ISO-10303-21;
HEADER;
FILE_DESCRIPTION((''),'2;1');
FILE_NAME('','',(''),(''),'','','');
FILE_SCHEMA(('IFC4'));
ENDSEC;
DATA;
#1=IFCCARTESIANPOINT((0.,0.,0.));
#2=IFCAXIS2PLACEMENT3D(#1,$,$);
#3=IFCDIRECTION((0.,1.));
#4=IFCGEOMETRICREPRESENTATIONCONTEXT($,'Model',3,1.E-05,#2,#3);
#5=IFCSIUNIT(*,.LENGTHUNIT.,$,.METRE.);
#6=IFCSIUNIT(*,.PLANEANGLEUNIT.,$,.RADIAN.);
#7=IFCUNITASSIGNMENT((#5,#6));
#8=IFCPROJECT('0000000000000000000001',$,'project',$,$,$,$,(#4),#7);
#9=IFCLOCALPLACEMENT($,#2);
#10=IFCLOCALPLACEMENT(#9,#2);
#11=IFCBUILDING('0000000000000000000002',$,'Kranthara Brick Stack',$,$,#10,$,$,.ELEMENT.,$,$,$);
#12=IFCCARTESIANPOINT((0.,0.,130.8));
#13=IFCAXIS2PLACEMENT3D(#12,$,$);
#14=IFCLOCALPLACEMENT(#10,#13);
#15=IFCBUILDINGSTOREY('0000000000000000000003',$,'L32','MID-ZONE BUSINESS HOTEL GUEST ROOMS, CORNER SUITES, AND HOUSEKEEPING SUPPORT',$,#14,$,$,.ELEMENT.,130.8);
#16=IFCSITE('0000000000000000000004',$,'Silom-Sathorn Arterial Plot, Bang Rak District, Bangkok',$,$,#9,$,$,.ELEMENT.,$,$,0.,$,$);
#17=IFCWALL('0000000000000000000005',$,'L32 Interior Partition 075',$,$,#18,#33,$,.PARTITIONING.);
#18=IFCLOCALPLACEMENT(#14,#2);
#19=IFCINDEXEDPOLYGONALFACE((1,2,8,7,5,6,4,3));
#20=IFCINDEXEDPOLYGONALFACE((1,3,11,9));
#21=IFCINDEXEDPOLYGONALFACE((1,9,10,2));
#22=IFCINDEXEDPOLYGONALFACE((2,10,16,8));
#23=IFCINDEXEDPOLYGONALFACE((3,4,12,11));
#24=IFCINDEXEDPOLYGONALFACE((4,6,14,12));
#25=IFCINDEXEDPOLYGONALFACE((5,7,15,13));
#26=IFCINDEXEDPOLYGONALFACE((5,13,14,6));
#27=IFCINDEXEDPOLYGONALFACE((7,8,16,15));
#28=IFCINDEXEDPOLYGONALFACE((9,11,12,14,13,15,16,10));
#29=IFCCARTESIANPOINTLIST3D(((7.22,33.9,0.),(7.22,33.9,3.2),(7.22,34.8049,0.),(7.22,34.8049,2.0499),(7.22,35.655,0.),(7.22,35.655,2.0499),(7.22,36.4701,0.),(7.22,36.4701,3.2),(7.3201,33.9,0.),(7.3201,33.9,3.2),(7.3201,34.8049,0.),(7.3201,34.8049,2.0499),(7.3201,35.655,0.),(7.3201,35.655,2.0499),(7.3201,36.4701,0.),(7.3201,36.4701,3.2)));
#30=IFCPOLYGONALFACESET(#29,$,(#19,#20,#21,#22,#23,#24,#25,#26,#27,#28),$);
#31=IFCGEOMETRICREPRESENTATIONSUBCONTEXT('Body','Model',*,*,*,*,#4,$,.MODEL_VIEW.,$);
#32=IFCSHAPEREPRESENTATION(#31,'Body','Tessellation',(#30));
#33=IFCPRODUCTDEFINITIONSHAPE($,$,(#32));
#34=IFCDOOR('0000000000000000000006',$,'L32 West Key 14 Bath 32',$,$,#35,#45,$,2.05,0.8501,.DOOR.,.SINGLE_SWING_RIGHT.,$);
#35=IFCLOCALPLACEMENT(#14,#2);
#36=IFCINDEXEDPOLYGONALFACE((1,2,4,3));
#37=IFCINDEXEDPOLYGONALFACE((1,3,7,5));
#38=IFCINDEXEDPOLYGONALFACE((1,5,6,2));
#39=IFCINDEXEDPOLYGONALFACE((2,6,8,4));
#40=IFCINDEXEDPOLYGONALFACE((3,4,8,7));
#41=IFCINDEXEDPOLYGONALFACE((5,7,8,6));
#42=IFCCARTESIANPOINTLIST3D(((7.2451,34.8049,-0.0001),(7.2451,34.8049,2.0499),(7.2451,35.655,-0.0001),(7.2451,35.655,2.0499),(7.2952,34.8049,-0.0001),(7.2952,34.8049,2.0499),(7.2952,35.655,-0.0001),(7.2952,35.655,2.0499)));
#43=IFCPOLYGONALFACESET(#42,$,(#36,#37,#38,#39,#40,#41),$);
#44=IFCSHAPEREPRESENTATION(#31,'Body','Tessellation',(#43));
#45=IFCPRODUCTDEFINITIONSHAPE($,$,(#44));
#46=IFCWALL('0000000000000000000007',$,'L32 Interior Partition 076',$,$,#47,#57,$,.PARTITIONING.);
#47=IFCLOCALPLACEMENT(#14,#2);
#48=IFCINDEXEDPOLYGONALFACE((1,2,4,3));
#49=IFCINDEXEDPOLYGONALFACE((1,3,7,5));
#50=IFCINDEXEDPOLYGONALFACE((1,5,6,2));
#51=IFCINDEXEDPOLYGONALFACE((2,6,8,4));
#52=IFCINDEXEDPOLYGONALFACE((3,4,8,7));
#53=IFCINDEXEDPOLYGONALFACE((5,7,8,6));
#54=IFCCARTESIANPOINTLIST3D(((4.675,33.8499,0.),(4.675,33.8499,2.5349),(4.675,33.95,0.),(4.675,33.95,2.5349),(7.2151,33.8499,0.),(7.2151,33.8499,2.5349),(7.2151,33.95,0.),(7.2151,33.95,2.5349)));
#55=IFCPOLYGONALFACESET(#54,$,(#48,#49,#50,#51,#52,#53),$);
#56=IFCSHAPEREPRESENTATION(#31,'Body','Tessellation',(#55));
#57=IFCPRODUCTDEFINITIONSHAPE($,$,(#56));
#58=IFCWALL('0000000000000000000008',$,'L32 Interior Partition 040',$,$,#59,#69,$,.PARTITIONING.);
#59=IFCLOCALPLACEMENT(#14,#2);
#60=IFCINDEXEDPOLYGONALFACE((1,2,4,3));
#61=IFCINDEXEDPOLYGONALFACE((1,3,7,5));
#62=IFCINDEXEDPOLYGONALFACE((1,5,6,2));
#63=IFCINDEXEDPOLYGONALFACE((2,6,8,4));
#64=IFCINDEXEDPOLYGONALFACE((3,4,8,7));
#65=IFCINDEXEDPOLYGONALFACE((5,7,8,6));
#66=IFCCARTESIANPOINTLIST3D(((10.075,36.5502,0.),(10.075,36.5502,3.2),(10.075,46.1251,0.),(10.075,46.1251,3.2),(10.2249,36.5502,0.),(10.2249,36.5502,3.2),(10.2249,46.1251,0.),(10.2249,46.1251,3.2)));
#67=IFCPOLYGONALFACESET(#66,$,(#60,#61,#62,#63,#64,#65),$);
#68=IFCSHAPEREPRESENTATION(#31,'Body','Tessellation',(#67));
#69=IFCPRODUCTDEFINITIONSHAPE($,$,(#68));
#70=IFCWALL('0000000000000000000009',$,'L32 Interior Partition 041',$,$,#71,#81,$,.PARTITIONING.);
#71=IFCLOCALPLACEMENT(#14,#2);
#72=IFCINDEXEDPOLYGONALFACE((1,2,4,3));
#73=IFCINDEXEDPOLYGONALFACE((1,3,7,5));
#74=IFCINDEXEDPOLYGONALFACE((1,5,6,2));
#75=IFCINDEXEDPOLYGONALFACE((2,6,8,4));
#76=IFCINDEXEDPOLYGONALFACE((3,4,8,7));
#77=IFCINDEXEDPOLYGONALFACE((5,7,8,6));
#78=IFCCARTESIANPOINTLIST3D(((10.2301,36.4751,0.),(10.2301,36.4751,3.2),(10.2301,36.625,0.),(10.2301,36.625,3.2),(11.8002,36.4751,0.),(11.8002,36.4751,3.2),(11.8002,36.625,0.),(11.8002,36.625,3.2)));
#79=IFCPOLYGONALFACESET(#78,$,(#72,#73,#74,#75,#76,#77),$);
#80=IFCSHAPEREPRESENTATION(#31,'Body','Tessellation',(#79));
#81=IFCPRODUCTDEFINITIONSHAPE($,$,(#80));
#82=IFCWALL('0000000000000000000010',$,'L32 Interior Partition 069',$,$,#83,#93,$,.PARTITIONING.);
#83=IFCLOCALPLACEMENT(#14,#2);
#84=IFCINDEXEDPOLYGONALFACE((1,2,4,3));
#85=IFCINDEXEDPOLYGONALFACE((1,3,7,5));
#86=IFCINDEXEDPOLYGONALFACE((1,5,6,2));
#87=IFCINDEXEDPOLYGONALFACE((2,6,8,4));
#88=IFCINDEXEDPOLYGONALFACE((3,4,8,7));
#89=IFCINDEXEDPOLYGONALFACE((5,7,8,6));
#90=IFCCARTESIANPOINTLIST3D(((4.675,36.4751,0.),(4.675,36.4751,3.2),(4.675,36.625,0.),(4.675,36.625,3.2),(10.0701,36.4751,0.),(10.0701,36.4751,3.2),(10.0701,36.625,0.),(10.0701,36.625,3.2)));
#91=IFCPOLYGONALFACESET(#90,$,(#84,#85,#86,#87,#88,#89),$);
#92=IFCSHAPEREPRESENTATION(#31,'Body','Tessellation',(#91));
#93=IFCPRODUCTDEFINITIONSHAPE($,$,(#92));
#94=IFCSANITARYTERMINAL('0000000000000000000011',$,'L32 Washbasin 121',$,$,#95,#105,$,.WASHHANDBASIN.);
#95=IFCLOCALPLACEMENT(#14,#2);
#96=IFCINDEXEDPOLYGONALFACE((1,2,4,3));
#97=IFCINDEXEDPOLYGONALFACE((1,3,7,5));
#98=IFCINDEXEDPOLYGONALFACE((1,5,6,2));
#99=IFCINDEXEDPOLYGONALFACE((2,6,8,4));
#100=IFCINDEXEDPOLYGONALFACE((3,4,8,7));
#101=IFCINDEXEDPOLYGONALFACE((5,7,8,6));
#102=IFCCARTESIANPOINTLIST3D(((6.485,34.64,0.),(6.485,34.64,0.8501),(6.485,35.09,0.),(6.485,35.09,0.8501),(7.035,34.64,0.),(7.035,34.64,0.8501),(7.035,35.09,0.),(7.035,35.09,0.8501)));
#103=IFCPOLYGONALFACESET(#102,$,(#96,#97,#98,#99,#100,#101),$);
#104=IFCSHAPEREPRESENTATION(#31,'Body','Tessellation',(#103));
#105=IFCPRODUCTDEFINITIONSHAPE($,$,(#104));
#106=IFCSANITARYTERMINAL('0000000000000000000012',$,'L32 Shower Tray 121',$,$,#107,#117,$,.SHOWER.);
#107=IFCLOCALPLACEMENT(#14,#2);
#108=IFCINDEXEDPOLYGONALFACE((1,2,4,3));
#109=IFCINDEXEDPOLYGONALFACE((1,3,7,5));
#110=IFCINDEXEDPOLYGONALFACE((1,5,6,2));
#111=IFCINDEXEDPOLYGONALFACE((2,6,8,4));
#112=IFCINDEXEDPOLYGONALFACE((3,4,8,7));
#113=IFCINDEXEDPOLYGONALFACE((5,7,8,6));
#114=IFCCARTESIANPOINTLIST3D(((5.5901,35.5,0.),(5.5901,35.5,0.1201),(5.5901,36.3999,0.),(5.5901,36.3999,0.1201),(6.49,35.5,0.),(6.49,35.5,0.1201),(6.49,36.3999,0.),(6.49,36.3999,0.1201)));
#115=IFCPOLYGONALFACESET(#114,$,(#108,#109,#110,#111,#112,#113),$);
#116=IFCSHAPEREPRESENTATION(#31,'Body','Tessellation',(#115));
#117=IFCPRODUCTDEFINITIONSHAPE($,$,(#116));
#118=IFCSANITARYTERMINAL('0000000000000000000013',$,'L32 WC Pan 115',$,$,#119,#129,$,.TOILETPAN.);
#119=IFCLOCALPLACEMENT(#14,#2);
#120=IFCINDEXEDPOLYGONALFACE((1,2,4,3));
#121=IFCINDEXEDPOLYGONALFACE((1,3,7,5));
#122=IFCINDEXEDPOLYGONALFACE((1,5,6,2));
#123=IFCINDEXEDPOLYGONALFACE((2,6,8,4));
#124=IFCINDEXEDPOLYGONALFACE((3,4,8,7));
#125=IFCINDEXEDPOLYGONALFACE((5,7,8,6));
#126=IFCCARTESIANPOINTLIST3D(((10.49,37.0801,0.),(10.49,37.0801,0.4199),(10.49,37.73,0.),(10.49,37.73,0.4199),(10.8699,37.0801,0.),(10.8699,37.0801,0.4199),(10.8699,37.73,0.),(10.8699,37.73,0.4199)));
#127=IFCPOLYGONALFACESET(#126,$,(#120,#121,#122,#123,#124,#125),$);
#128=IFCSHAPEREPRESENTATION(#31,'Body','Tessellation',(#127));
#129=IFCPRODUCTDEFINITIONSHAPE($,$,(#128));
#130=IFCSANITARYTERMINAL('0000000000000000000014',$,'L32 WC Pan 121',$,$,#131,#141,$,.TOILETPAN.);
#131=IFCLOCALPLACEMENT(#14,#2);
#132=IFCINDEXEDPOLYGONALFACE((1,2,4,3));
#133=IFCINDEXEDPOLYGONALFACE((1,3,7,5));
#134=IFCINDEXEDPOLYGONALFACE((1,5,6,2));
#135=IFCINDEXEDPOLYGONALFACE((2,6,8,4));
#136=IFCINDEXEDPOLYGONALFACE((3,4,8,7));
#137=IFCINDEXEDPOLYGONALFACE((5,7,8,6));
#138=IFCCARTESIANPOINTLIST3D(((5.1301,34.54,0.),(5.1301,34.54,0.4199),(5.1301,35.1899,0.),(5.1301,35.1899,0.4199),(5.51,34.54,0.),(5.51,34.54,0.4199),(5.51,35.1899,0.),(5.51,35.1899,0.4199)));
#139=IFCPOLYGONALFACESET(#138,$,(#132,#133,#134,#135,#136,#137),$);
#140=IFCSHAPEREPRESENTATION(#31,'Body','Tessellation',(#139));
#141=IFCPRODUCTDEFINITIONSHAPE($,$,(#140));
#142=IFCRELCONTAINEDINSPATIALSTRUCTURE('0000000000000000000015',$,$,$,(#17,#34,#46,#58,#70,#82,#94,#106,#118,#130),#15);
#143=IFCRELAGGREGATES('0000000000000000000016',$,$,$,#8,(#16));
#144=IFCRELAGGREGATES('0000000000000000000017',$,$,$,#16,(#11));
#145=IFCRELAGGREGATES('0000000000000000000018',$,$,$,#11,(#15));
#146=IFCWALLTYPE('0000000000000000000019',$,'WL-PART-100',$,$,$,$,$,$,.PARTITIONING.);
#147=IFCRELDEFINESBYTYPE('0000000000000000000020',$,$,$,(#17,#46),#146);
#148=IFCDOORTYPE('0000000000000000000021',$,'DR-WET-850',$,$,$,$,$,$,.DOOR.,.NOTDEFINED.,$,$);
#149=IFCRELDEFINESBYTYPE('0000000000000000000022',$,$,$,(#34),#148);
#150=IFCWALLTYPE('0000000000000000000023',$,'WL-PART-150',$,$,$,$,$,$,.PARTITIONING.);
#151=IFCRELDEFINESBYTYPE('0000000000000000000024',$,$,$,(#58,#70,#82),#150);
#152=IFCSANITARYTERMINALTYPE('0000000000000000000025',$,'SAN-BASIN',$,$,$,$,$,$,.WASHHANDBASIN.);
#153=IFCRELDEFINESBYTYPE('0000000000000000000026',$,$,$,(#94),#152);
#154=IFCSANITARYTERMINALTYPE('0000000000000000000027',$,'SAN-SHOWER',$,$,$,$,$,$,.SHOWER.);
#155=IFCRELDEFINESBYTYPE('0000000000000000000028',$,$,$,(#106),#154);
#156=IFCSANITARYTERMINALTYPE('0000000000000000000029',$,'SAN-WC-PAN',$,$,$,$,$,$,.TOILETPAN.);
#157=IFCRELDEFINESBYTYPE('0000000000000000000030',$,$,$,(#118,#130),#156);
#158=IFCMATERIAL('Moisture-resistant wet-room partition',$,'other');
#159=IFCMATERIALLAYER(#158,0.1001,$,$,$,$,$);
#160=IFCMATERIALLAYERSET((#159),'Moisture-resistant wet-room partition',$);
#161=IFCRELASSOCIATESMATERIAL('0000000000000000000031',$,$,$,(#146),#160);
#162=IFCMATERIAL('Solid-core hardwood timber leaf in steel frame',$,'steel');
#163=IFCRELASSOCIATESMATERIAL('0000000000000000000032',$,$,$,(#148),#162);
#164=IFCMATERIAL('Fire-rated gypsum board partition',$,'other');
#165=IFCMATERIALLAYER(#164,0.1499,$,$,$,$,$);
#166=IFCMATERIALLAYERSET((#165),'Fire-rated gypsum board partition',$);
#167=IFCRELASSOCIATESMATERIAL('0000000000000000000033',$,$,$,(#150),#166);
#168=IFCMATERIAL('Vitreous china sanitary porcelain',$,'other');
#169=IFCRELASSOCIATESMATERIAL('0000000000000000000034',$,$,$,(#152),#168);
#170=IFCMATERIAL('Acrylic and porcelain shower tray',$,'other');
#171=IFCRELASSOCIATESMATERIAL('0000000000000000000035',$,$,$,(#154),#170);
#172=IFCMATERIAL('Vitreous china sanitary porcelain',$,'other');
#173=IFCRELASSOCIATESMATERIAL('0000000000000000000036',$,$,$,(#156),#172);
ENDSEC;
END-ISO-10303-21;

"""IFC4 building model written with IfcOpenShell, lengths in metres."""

from ifc_helpers import new_model, si_unit, direction, frame, frame_2d, origin, origin_2d, place, context, subcontext, project, spatial, rectangle, extrude, material, layer, layer_set, type_object, element, fill, save


model = new_model("IFC4")

# Units and contexts
model_context = context("Model", 3, precision=1e-05, world=origin(), true_north=direction((0.0, 1.0)))
body_context = subcontext(model_context, "Body", "Model", "MODEL_VIEW")
ifc_project = project(units=[si_unit("LENGTHUNIT", "METRE"), si_unit("PLANEANGLEUNIT", "RADIAN")], contexts=[model_context])

# Site, building, storey
site_placement = place(None, origin())
site = spatial("IfcSite", under=ifc_project, at=site_placement, Name="Silom-Sathorn Arterial Plot, Bang Rak District, Bangkok", CompositionType="ELEMENT", RefElevation=0.0)
building_placement = place(site_placement, origin())
building = spatial("IfcBuilding", under=site, at=building_placement, Name="Kranthara Brick Stack", CompositionType="ELEMENT")
storey_placement = place(building_placement, frame((0.0, 0.0, 130.8)))
storey = spatial("IfcBuildingStorey", under=building, at=storey_placement, Name="L32", Description="MID-ZONE BUSINESS HOTEL GUEST ROOMS, CORNER SUITES, AND HOUSEKEEPING SUPPORT", CompositionType="ELEMENT", Elevation=130.8)

# Shared definitions
ifc_material_1 = material(Name="Moisture-resistant wet-room partition", Category="other")
ifc_layer_1 = layer(ifc_material_1, 0.1001)
ifc_layer_set_1 = layer_set([ifc_layer_1], Name="Moisture-resistant wet-room partition")
wall_type_1 = type_object("IfcWallType", Name="WL-PART-100", PredefinedType="PARTITIONING", material=ifc_layer_set_1)

# Wall, opening, door
wall_1_placement = place(storey_placement, frame((7.27, 33.8999, 0.0), z_axis=(0.0, 0.0, 1.0), x_axis=(0.0, 1.0, 0.0)))
wall_1 = element("IfcWall", 1, at=wall_1_placement, inside=storey, type_object=wall_type_1, Name="L32 Interior Partition 075", PredefinedType="PARTITIONING", context=body_context, shape_type="SweptSolid", body=[
    extrude(rectangle(XDim=2.5701, YDim=0.1001, at=frame_2d((1.2852, 0.0))), origin(), (0.0, 0.0, 1.0), 3.2),
])
opening_1_placement = place(wall_1_placement, frame((0.905, 0.0, 0.0)))
opening_1 = element("IfcOpeningElement", 2, at=opening_1_placement, cuts=wall_1, PredefinedType="OPENING", context=body_context, shape_type="SweptSolid", body=[
    extrude(rectangle(XDim=0.8501, YDim=2.05, at=frame_2d((0.425, 1.0249))), frame((0.0, 0.0601, 0.0), z_axis=(0.0, -1.0, 0.0), x_axis=(1.0, 0.0, 0.0)), (0.0, 0.0, 1.0), 0.1201),
])
ifc_material_2 = material(Name="Solid-core hardwood timber leaf in steel frame", Category="steel")
door_type_1 = type_object("IfcDoorType", Name="DR-WET-850", OperationType="NOTDEFINED", PredefinedType="DOOR", material=ifc_material_2)
door_1_placement = place(opening_1_placement, origin())
door_1 = element("IfcDoor", 3, at=door_1_placement, inside=storey, type_object=door_type_1, Name="L32 West Key 14 Bath 32", OperationType="SINGLE_SWING_RIGHT", OverallHeight=2.05, OverallWidth=0.8501, PredefinedType="DOOR", context=body_context, shape_type="SweptSolid", body=[
    extrude(rectangle(XDim=0.8501, YDim=2.05, at=frame_2d((0.425, 1.0249))), frame((0.0, 0.0249, 0.0), z_axis=(0.0, -1.0, 0.0), x_axis=(1.0, 0.0, 0.0)), (0.0, 0.0, 1.0), 0.05),
])
fill(opening_1, door_1)

# Walls
wall_2_placement = place(storey_placement, frame((4.675, 33.8999, 0.0), z_axis=(0.0, 0.0, 1.0), x_axis=(1.0, 0.0, 0.0)))
element("IfcWall", 4, at=wall_2_placement, inside=storey, type_object=wall_type_1, Name="L32 Interior Partition 076", PredefinedType="PARTITIONING", context=body_context, shape_type="SweptSolid", body=[
    extrude(rectangle(XDim=2.54, YDim=0.1001, at=frame_2d((1.27, 0.0))), origin(), (0.0, 0.0, 1.0), 2.5349),
])
ifc_material_3 = material(Name="Fire-rated gypsum board partition", Category="other")
ifc_layer_2 = layer(ifc_material_3, 0.1499)
ifc_layer_set_2 = layer_set([ifc_layer_2], Name="Fire-rated gypsum board partition")
wall_type_2 = type_object("IfcWallType", Name="WL-PART-150", PredefinedType="PARTITIONING", material=ifc_layer_set_2)
wall_3_placement = place(storey_placement, frame((10.1499, 36.55, 0.0), z_axis=(0.0, 0.0, 1.0), x_axis=(0.0, 1.0, 0.0)))
element("IfcWall", 5, at=wall_3_placement, inside=storey, type_object=wall_type_2, Name="L32 Interior Partition 040", PredefinedType="PARTITIONING", context=body_context, shape_type="SweptSolid", body=[
    extrude(rectangle(XDim=9.575, YDim=0.1499, at=frame_2d((4.7876, 0.0))), origin(), (0.0, 0.0, 1.0), 3.2),
])
wall_4_placement = place(storey_placement, frame((10.23, 36.55, 0.0), z_axis=(0.0, 0.0, 1.0), x_axis=(1.0, 0.0, 0.0)))
element("IfcWall", 6, at=wall_4_placement, inside=storey, type_object=wall_type_2, Name="L32 Interior Partition 041", PredefinedType="PARTITIONING", context=body_context, shape_type="SweptSolid", body=[
    extrude(rectangle(XDim=1.5701, YDim=0.1499, at=frame_2d((0.7852, 0.0))), origin(), (0.0, 0.0, 1.0), 3.2),
])
wall_5_placement = place(storey_placement, frame((4.675, 36.55, 0.0), z_axis=(0.0, 0.0, 1.0), x_axis=(1.0, 0.0, 0.0)))
element("IfcWall", 7, at=wall_5_placement, inside=storey, type_object=wall_type_2, Name="L32 Interior Partition 069", PredefinedType="PARTITIONING", context=body_context, shape_type="SweptSolid", body=[
    extrude(rectangle(XDim=5.395, YDim=0.1499, at=frame_2d((2.6975, 0.0))), origin(), (0.0, 0.0, 1.0), 3.2),
])

# Sanitary terminals
ifc_material_4 = material(Name="Vitreous china sanitary porcelain", Category="other")
sanitary_terminal_type_1 = type_object("IfcSanitaryTerminalType", Name="SAN-BASIN", PredefinedType="WASHHANDBASIN", material=ifc_material_4)
sanitary_terminal_1_placement = place(storey_placement, frame((6.76, 34.865, 0.0), z_axis=(0.0, 0.0, 1.0), x_axis=(1.0, 0.0, 0.0)))
element("IfcSanitaryTerminal", 8, at=sanitary_terminal_1_placement, inside=storey, type_object=sanitary_terminal_type_1, Name="L32 Washbasin 121", PredefinedType="WASHHANDBASIN", context=body_context, shape_type="SweptSolid", body=[
    extrude(rectangle(XDim=0.55, YDim=0.45, at=origin_2d()), origin(), (0.0, 0.0, 1.0), 0.8501),
])
ifc_material_5 = material(Name="Acrylic and porcelain shower tray", Category="other")
sanitary_terminal_type_2 = type_object("IfcSanitaryTerminalType", Name="SAN-SHOWER", PredefinedType="SHOWER", material=ifc_material_5)
sanitary_terminal_2_placement = place(storey_placement, frame((6.04, 35.95, 0.0), z_axis=(0.0, 0.0, 1.0), x_axis=(1.0, 0.0, 0.0)))
element("IfcSanitaryTerminal", 9, at=sanitary_terminal_2_placement, inside=storey, type_object=sanitary_terminal_type_2, Name="L32 Shower Tray 121", PredefinedType="SHOWER", context=body_context, shape_type="SweptSolid", body=[
    extrude(rectangle(XDim=0.8999, YDim=0.8999, at=origin_2d()), origin(), (0.0, 0.0, 1.0), 0.1201),
])
ifc_material_6 = material(Name="Vitreous china sanitary porcelain", Category="other")
sanitary_terminal_type_3 = type_object("IfcSanitaryTerminalType", Name="SAN-WC-PAN", PredefinedType="TOILETPAN", material=ifc_material_6)
for number, where, z_axis, x_axis, name in (
    (10, (10.6799, 37.405, 0.0), (0.0, 0.0, 1.0), (1.0, 0.0, 0.0), "L32 WC Pan 115"),
    (11, (5.3201, 34.865, 0.0), (0.0, 0.0, 1.0), (1.0, 0.0, 0.0), "L32 WC Pan 121"),
):
    element("IfcSanitaryTerminal", number, at=place(storey_placement, frame(where, z_axis=z_axis, x_axis=x_axis)), inside=storey, type_object=sanitary_terminal_type_3, Name=name, PredefinedType="TOILETPAN", context=body_context, shape_type="SweptSolid", body=[
        extrude(rectangle(XDim=0.3799, YDim=0.6499, at=origin_2d()), origin(), (0.0, 0.0, 1.0), 0.4199),
    ])

save(model, "model.ifc")
